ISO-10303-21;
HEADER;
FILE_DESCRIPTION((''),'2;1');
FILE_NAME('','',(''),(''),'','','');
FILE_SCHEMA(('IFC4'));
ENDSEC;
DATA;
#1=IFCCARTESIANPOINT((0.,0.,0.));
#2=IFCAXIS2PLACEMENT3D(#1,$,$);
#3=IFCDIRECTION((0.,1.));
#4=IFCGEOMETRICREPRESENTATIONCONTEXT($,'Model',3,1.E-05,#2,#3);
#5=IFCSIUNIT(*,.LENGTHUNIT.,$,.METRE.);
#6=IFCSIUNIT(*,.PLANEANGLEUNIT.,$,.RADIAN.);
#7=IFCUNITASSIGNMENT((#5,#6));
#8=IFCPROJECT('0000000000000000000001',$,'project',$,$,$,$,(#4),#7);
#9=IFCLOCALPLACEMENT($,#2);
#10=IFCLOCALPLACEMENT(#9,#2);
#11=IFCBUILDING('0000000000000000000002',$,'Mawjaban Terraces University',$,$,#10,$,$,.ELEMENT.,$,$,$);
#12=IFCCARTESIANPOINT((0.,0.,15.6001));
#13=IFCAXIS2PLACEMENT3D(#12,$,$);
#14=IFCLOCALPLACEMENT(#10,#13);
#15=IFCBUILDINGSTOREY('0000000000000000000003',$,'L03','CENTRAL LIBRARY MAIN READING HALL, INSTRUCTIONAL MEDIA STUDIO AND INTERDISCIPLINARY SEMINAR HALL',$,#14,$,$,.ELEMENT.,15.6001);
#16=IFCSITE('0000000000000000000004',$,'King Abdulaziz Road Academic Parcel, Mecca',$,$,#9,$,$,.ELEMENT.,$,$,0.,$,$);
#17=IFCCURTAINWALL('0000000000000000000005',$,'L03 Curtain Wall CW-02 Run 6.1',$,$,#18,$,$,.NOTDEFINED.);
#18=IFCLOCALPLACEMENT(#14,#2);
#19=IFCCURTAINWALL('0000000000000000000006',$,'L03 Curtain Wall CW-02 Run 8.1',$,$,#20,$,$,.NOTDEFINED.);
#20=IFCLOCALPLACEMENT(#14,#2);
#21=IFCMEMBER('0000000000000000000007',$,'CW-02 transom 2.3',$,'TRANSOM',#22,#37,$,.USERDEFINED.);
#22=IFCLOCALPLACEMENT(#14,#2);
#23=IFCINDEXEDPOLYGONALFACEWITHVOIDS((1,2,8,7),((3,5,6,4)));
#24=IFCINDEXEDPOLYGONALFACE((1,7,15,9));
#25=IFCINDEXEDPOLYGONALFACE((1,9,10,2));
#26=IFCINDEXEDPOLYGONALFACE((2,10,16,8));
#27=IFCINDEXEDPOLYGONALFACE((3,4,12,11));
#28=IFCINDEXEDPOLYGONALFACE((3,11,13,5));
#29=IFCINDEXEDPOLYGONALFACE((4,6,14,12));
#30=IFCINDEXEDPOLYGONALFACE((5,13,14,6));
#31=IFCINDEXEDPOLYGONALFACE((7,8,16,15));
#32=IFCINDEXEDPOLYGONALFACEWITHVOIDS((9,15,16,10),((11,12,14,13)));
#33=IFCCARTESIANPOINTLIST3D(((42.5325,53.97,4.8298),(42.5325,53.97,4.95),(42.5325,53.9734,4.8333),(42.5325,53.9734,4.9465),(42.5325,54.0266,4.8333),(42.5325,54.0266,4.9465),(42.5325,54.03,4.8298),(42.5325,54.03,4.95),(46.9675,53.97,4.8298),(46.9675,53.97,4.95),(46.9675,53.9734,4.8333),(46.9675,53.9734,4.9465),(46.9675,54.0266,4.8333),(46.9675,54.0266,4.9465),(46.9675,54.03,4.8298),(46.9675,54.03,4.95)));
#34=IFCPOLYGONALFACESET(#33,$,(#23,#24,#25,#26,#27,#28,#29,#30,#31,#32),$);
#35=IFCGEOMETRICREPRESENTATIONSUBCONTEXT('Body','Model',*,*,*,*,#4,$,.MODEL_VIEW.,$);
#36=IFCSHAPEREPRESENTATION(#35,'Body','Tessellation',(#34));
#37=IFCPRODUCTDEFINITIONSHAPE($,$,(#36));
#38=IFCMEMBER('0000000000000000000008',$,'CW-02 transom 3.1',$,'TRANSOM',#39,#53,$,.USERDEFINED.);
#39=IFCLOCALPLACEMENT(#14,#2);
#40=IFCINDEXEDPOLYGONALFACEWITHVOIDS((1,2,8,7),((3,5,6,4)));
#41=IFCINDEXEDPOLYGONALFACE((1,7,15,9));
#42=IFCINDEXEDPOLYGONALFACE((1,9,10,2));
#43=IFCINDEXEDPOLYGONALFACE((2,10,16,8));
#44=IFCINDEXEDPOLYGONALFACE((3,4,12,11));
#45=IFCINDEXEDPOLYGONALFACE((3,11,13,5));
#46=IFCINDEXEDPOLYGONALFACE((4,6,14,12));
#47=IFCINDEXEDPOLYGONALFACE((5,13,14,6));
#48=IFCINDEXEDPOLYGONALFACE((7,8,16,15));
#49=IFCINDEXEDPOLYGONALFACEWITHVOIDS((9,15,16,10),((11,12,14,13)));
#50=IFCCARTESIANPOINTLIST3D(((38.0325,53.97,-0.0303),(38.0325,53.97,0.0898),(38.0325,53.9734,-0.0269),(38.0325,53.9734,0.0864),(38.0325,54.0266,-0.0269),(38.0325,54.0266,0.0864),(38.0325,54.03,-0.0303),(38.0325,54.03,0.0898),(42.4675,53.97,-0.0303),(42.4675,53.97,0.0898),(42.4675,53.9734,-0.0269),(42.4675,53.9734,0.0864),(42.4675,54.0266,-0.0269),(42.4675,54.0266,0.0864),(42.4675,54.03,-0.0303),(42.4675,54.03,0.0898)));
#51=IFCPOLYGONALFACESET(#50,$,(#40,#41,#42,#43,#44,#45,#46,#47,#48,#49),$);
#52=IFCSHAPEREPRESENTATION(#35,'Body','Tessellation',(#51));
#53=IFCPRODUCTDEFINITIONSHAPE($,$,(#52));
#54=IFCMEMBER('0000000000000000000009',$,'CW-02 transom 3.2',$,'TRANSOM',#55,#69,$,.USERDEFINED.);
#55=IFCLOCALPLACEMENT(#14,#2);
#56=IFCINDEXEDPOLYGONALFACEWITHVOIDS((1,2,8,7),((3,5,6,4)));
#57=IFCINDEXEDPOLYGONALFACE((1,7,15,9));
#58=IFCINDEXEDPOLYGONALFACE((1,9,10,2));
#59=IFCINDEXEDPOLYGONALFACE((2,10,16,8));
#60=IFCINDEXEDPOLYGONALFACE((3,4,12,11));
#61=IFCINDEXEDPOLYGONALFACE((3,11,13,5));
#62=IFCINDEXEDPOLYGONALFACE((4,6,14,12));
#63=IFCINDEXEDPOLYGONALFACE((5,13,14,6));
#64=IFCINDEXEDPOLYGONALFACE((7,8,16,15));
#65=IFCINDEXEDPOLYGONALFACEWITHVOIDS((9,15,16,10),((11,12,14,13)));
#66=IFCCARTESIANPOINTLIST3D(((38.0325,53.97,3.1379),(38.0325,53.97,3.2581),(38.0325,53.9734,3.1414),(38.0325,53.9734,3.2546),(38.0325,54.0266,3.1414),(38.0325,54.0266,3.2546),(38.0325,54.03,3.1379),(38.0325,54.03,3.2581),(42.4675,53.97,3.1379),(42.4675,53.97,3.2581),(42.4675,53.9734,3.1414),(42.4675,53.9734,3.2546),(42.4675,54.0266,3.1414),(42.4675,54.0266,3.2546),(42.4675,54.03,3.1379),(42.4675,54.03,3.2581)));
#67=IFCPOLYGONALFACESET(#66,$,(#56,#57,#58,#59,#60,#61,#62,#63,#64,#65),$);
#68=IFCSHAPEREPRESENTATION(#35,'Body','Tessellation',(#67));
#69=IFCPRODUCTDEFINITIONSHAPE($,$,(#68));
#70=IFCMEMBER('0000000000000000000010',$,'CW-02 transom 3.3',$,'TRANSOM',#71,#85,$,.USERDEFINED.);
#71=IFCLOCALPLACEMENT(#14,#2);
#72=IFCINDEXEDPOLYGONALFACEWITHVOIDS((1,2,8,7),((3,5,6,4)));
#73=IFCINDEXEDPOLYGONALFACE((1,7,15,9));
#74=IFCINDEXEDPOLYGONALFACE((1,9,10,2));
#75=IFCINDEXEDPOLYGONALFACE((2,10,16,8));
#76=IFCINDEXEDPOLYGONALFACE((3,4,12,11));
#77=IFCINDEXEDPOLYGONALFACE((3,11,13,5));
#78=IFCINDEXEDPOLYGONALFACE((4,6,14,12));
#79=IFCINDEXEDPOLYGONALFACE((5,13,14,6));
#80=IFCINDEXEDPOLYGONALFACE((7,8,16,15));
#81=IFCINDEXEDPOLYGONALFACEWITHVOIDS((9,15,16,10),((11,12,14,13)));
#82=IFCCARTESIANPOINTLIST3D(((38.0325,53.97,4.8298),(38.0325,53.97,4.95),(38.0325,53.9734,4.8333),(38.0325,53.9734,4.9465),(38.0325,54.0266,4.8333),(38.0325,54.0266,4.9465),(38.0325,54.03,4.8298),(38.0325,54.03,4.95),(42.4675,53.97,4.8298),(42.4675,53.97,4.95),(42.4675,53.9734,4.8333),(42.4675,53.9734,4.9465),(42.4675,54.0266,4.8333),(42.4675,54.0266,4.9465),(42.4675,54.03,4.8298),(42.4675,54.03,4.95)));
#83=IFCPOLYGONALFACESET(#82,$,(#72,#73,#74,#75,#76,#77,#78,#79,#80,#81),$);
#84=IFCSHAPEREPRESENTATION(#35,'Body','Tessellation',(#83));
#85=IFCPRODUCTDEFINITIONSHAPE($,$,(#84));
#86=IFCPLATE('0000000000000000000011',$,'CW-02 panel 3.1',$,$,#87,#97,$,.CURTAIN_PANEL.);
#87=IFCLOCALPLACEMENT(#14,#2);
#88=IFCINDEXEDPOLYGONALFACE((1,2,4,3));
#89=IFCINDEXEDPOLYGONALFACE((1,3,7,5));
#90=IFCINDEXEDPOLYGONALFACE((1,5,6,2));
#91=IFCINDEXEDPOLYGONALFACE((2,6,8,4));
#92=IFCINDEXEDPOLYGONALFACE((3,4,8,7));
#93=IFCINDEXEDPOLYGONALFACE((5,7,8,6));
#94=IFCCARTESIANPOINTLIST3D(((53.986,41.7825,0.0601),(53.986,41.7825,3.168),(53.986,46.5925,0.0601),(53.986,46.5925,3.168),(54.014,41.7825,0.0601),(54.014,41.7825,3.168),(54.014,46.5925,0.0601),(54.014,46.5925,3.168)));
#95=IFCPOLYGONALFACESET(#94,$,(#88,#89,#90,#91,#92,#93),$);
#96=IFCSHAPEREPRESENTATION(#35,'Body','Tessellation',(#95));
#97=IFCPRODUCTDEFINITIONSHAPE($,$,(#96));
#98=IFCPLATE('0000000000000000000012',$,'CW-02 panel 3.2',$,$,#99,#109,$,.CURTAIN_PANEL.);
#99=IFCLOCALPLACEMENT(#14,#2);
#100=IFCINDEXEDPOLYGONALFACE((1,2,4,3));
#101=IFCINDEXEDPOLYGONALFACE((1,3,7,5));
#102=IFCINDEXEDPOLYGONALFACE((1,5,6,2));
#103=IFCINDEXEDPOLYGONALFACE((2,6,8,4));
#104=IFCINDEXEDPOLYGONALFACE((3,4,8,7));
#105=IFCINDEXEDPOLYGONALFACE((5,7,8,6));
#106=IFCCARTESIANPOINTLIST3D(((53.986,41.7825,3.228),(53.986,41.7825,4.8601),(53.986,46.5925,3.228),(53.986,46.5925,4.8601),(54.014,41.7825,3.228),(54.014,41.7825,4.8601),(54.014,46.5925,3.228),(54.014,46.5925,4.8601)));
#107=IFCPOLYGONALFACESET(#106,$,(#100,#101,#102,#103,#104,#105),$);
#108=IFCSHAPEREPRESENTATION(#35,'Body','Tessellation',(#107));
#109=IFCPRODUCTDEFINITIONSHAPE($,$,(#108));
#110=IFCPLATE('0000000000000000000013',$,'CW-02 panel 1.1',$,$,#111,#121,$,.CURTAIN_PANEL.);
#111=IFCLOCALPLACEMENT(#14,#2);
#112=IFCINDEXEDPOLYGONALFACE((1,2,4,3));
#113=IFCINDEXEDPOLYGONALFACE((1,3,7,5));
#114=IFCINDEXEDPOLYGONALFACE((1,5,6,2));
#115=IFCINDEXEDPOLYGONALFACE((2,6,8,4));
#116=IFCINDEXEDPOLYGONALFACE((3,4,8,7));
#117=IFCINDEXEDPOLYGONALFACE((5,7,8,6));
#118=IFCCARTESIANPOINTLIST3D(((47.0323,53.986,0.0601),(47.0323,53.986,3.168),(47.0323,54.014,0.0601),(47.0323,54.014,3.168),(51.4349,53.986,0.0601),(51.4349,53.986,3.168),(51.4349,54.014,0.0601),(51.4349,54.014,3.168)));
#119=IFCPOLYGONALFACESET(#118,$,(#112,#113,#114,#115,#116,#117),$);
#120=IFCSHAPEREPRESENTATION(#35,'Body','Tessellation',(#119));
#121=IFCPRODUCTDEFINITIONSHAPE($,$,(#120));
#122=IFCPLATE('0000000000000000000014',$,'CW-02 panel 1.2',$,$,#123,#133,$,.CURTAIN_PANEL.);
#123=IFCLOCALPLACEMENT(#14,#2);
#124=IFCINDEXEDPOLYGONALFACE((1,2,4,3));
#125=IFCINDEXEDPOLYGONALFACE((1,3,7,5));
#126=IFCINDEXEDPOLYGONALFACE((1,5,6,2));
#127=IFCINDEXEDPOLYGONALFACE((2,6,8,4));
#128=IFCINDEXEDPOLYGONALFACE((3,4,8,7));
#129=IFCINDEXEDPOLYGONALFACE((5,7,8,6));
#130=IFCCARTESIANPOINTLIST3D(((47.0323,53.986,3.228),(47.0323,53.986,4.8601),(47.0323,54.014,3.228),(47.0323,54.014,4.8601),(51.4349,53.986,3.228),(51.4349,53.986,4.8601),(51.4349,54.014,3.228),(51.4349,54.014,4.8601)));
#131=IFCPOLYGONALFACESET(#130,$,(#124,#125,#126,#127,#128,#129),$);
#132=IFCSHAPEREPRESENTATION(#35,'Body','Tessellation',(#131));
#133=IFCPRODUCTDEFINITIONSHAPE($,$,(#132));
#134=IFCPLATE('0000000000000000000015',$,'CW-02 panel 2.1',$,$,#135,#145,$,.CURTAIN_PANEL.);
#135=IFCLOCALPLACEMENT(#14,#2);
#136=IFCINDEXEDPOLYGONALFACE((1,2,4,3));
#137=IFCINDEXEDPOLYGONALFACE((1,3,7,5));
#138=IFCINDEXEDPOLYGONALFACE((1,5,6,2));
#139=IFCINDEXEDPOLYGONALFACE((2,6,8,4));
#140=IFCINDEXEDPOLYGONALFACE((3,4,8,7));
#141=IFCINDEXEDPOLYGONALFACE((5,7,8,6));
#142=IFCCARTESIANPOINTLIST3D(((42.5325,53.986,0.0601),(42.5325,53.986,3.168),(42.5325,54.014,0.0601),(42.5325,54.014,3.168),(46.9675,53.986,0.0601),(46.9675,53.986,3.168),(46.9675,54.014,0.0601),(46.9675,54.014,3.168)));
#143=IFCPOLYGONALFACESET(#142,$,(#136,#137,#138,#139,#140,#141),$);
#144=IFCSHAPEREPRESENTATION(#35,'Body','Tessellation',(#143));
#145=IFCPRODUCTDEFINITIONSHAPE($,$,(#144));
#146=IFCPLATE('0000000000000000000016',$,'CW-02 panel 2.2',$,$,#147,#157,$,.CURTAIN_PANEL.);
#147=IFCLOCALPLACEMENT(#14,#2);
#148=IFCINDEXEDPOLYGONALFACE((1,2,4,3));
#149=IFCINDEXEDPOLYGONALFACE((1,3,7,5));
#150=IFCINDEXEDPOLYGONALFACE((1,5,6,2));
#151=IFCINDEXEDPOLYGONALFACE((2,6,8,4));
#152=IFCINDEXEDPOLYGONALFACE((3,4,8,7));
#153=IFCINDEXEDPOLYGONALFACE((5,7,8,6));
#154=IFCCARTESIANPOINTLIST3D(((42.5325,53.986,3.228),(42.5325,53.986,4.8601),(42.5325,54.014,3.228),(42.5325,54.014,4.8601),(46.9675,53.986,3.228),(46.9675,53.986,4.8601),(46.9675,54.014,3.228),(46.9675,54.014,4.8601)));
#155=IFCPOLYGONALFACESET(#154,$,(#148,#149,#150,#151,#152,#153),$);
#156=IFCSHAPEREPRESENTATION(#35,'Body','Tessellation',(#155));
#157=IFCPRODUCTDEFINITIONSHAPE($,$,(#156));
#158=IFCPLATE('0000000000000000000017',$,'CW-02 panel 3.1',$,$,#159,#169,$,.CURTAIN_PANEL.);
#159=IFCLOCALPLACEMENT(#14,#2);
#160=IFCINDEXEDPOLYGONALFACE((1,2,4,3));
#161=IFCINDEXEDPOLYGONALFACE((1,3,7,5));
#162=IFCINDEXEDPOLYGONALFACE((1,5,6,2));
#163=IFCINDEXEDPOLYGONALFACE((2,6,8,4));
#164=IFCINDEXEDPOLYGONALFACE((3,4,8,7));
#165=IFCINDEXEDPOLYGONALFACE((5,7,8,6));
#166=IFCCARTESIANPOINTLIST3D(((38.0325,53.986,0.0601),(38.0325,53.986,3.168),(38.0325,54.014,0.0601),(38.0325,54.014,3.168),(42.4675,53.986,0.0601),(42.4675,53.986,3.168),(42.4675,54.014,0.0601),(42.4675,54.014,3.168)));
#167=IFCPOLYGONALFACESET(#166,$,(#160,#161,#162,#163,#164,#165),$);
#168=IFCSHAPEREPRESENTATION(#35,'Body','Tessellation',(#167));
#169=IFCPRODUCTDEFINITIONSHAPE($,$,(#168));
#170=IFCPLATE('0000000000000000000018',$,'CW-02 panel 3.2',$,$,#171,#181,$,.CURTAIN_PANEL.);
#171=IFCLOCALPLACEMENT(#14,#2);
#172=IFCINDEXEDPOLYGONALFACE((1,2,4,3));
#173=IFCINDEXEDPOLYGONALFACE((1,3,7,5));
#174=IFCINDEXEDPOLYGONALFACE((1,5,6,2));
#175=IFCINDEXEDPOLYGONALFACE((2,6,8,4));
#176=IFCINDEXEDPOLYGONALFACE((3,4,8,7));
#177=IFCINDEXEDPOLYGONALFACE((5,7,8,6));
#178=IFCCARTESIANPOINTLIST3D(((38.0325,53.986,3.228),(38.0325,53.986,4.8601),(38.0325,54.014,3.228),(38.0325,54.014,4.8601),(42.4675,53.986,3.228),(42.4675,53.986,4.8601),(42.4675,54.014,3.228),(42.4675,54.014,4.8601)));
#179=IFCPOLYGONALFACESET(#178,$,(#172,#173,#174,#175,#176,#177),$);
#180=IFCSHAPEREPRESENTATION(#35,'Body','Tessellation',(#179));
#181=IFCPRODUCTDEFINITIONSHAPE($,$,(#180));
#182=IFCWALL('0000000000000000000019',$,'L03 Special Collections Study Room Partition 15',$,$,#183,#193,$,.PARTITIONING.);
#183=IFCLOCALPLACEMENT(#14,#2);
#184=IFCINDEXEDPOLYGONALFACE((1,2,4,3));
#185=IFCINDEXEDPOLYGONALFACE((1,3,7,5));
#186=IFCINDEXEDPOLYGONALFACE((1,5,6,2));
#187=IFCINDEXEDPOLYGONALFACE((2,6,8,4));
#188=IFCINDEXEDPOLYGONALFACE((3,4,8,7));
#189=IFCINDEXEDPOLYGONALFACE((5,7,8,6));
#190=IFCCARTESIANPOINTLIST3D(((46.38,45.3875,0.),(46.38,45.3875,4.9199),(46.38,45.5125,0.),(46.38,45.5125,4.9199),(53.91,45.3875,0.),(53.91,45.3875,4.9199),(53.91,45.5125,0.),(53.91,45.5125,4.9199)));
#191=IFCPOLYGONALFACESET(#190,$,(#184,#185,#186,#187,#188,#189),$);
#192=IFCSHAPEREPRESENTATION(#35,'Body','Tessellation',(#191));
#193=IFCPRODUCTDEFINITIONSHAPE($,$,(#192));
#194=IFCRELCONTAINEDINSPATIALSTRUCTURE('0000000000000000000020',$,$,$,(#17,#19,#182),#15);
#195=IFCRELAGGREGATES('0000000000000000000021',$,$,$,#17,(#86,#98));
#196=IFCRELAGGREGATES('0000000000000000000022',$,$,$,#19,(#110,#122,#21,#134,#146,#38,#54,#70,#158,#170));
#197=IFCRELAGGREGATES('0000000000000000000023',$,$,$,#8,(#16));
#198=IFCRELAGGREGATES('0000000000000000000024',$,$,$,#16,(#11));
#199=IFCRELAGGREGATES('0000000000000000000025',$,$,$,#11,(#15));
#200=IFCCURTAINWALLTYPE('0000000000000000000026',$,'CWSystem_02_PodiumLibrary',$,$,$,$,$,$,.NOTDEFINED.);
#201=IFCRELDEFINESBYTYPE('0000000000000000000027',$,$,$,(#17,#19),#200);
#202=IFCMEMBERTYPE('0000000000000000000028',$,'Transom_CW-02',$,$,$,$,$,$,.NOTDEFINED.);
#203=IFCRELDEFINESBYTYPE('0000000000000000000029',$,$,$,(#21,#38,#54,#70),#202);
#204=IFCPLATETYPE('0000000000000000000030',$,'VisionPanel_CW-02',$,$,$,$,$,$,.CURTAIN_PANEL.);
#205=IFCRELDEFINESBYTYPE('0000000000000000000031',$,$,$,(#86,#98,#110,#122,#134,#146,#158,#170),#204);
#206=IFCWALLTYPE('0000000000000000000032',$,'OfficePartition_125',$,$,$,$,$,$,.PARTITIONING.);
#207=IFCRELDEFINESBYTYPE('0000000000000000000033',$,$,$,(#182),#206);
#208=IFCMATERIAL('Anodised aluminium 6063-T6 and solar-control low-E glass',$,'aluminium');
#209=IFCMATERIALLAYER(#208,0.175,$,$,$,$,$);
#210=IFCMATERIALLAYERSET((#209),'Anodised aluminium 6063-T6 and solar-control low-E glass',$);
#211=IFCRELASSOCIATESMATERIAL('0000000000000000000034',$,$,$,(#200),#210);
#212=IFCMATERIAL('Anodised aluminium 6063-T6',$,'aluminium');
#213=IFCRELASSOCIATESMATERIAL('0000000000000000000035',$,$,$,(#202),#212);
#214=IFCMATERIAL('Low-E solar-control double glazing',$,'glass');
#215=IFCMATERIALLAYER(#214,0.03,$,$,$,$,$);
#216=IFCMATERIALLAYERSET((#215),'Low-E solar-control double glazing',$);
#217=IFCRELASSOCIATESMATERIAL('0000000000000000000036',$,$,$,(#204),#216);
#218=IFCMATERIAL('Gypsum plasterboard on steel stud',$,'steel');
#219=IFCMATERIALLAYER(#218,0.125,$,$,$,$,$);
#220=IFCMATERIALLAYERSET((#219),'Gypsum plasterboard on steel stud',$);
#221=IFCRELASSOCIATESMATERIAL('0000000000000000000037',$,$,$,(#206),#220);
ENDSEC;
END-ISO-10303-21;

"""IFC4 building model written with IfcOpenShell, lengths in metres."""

from ifc_helpers import new_model, si_unit, direction, frame, frame_2d, origin, origin_2d, place, context, subcontext, project, spatial, rectangle, hollow_rectangle, extrude, material, layer, layer_set, material_profile, profile_set, type_object, element, aggregate, save


model = new_model("IFC4")

# Units and contexts
model_context = context("Model", 3, precision=1e-05, world=origin(), true_north=direction((0.0, 1.0)))
body_context = subcontext(model_context, "Body", "Model", "MODEL_VIEW")
ifc_project = project(units=[si_unit("LENGTHUNIT", "METRE"), si_unit("PLANEANGLEUNIT", "RADIAN")], contexts=[model_context])

# Site, building, storey
site_placement = place(None, origin())
site = spatial("IfcSite", under=ifc_project, at=site_placement, Name="King Abdulaziz Road Academic Parcel, Mecca", CompositionType="ELEMENT", RefElevation=0.0)
building_placement = place(site_placement, origin())
building = spatial("IfcBuilding", under=site, at=building_placement, Name="Mawjaban Terraces University", CompositionType="ELEMENT")
storey_placement = place(building_placement, frame((0.0, 0.0, 15.6001)))
storey = spatial("IfcBuildingStorey", under=building, at=storey_placement, Name="L03", Description="CENTRAL LIBRARY MAIN READING HALL, INSTRUCTIONAL MEDIA STUDIO AND INTERDISCIPLINARY SEMINAR HALL", CompositionType="ELEMENT", Elevation=15.6001)

# Curtain wall
ifc_material_1 = material(Name="Anodised aluminium 6063-T6 and solar-control low-E glass", Category="aluminium")
ifc_layer_1 = layer(ifc_material_1, 0.175)
ifc_layer_set_1 = layer_set([ifc_layer_1], Name="Anodised aluminium 6063-T6 and solar-control low-E glass")
curtain_wall_type = type_object("IfcCurtainWallType", Name="CWSystem_02_PodiumLibrary", PredefinedType="NOTDEFINED", material=ifc_layer_set_1)
curtain_wall_1_placement = place(storey_placement, origin())
curtain_wall_1 = element("IfcCurtainWall", 1, at=curtain_wall_1_placement, inside=storey, type_object=curtain_wall_type, Name="L03 Curtain Wall CW-02 Run 6.1", PredefinedType="NOTDEFINED")
ifc_material_2 = material(Name="Anodised aluminium 6063-T6", Category="aluminium")

# Curtain wall
curtain_wall_2_placement = place(storey_placement, origin())
curtain_wall_2 = element("IfcCurtainWall", 2, at=curtain_wall_2_placement, inside=storey, type_object=curtain_wall_type, Name="L03 Curtain Wall CW-02 Run 8.1", PredefinedType="NOTDEFINED")

# Members
ifc_material_profile_1 = material_profile(ifc_material_2, hollow_rectangle(XDim=0.0601, YDim=0.1201, WallThickness=0.0034, at=origin_2d()), Name="ALU120X60X3.5")
ifc_profile_set_1 = profile_set([ifc_material_profile_1], Name="Anodised aluminium 6063-T6")
member_type_1 = type_object("IfcMemberType", Name="Transom_CW-02", PredefinedType="NOTDEFINED", material=ifc_profile_set_1)
member_1_placement = place(storey_placement, frame((46.9675, 54.0, 4.8899), z_axis=(-1.0, 0.0, 0.0), x_axis=(0.0, -1.0, 0.0)))
member_1 = element("IfcMember", 3, at=member_1_placement, type_object=member_type_1, Name="CW-02 transom 2.3", ObjectType="TRANSOM", PredefinedType="USERDEFINED", context=body_context, shape_type="SweptSolid", body=[
    extrude(hollow_rectangle(XDim=0.0601, YDim=0.1201, WallThickness=0.0034, at=origin_2d()), origin(), (0.0, 0.0, 1.0), 4.4351),
])
member_2_placement = place(storey_placement, frame((42.4675, 54.0, 0.0298), z_axis=(-1.0, 0.0, 0.0), x_axis=(0.0, -1.0, 0.0)))
member_2 = element("IfcMember", 4, at=member_2_placement, type_object=member_type_1, Name="CW-02 transom 3.1", ObjectType="TRANSOM", PredefinedType="USERDEFINED", context=body_context, shape_type="SweptSolid", body=[
    extrude(hollow_rectangle(XDim=0.0601, YDim=0.1201, WallThickness=0.0034, at=origin_2d()), origin(), (0.0, 0.0, 1.0), 4.4351),
])
member_3_placement = place(storey_placement, frame((42.4675, 54.0, 3.198), z_axis=(-1.0, 0.0, 0.0), x_axis=(0.0, -1.0, 0.0)))
member_3 = element("IfcMember", 5, at=member_3_placement, type_object=member_type_1, Name="CW-02 transom 3.2", ObjectType="TRANSOM", PredefinedType="USERDEFINED", context=body_context, shape_type="SweptSolid", body=[
    extrude(hollow_rectangle(XDim=0.0601, YDim=0.1201, WallThickness=0.0034, at=origin_2d()), origin(), (0.0, 0.0, 1.0), 4.4351),
])
member_4_placement = place(storey_placement, frame((42.4675, 54.0, 4.8899), z_axis=(-1.0, 0.0, 0.0), x_axis=(0.0, -1.0, 0.0)))
member_4 = element("IfcMember", 6, at=member_4_placement, type_object=member_type_1, Name="CW-02 transom 3.3", ObjectType="TRANSOM", PredefinedType="USERDEFINED", context=body_context, shape_type="SweptSolid", body=[
    extrude(hollow_rectangle(XDim=0.0601, YDim=0.1201, WallThickness=0.0034, at=origin_2d()), origin(), (0.0, 0.0, 1.0), 4.4351),
])

# Plates
ifc_material_3 = material(Name="Low-E solar-control double glazing", Category="glass")
ifc_layer_2 = layer(ifc_material_3, 0.03)
ifc_layer_set_2 = layer_set([ifc_layer_2], Name="Low-E solar-control double glazing")
plate_type = type_object("IfcPlateType", Name="VisionPanel_CW-02", PredefinedType="CURTAIN_PANEL", material=ifc_layer_set_2)
plate_1_placement = place(storey_placement, frame((54.0, 44.1875, 0.0601), z_axis=(0.0, 0.0, 1.0), x_axis=(0.0, 1.0, 0.0)))
plate_1 = element("IfcPlate", 7, at=plate_1_placement, type_object=plate_type, Name="CW-02 panel 3.1", PredefinedType="CURTAIN_PANEL", context=body_context, shape_type="SweptSolid", body=[
    extrude(rectangle(XDim=4.8101, YDim=0.0281, at=origin_2d()), origin(), (0.0, 0.0, 1.0), 3.1079),
])
plate_2_placement = place(storey_placement, frame((54.0, 44.1875, 3.228), z_axis=(0.0, 0.0, 1.0), x_axis=(0.0, 1.0, 0.0)))
plate_2 = element("IfcPlate", 8, at=plate_2_placement, type_object=plate_type, Name="CW-02 panel 3.2", PredefinedType="CURTAIN_PANEL", context=body_context, shape_type="SweptSolid", body=[
    extrude(rectangle(XDim=4.8101, YDim=0.0281, at=origin_2d()), origin(), (0.0, 0.0, 1.0), 1.6321),
])
aggregate(curtain_wall_1, [plate_1, plate_2])
plate_3_placement = place(storey_placement, frame((49.2336, 54.0, 0.0601), z_axis=(0.0, 0.0, 1.0), x_axis=(-1.0, 0.0, 0.0)))
plate_3 = element("IfcPlate", 9, at=plate_3_placement, type_object=plate_type, Name="CW-02 panel 1.1", PredefinedType="CURTAIN_PANEL", context=body_context, shape_type="SweptSolid", body=[
    extrude(rectangle(XDim=4.4026, YDim=0.0281, at=origin_2d()), origin(), (0.0, 0.0, 1.0), 3.1079),
])
plate_4_placement = place(storey_placement, frame((49.2336, 54.0, 3.228), z_axis=(0.0, 0.0, 1.0), x_axis=(-1.0, 0.0, 0.0)))
plate_4 = element("IfcPlate", 10, at=plate_4_placement, type_object=plate_type, Name="CW-02 panel 1.2", PredefinedType="CURTAIN_PANEL", context=body_context, shape_type="SweptSolid", body=[
    extrude(rectangle(XDim=4.4026, YDim=0.0281, at=origin_2d()), origin(), (0.0, 0.0, 1.0), 1.6321),
])
plate_5_placement = place(storey_placement, frame((44.75, 54.0, 0.0601), z_axis=(0.0, 0.0, 1.0), x_axis=(-1.0, 0.0, 0.0)))
plate_5 = element("IfcPlate", 11, at=plate_5_placement, type_object=plate_type, Name="CW-02 panel 2.1", PredefinedType="CURTAIN_PANEL", context=body_context, shape_type="SweptSolid", body=[
    extrude(rectangle(XDim=4.4351, YDim=0.0281, at=origin_2d()), origin(), (0.0, 0.0, 1.0), 3.1079),
])
plate_6_placement = place(storey_placement, frame((44.75, 54.0, 3.228), z_axis=(0.0, 0.0, 1.0), x_axis=(-1.0, 0.0, 0.0)))
plate_6 = element("IfcPlate", 12, at=plate_6_placement, type_object=plate_type, Name="CW-02 panel 2.2", PredefinedType="CURTAIN_PANEL", context=body_context, shape_type="SweptSolid", body=[
    extrude(rectangle(XDim=4.4351, YDim=0.0281, at=origin_2d()), origin(), (0.0, 0.0, 1.0), 1.6321),
])
plate_7_placement = place(storey_placement, frame((40.25, 54.0, 0.0601), z_axis=(0.0, 0.0, 1.0), x_axis=(-1.0, 0.0, 0.0)))
plate_7 = element("IfcPlate", 13, at=plate_7_placement, type_object=plate_type, Name="CW-02 panel 3.1", PredefinedType="CURTAIN_PANEL", context=body_context, shape_type="SweptSolid", body=[
    extrude(rectangle(XDim=4.4351, YDim=0.0281, at=origin_2d()), origin(), (0.0, 0.0, 1.0), 3.1079),
])
plate_8_placement = place(storey_placement, frame((40.25, 54.0, 3.228), z_axis=(0.0, 0.0, 1.0), x_axis=(-1.0, 0.0, 0.0)))
plate_8 = element("IfcPlate", 14, at=plate_8_placement, type_object=plate_type, Name="CW-02 panel 3.2", PredefinedType="CURTAIN_PANEL", context=body_context, shape_type="SweptSolid", body=[
    extrude(rectangle(XDim=4.4351, YDim=0.0281, at=origin_2d()), origin(), (0.0, 0.0, 1.0), 1.6321),
])
aggregate(curtain_wall_2, [plate_3, plate_4, member_1, plate_5, plate_6, member_2, member_3, member_4, plate_7, plate_8])

# Wall
ifc_material_4 = material(Name="Gypsum plasterboard on steel stud", Category="steel")
ifc_layer_3 = layer(ifc_material_4, 0.125)
ifc_layer_set_3 = layer_set([ifc_layer_3], Name="Gypsum plasterboard on steel stud")
wall_type_1 = type_object("IfcWallType", Name="OfficePartition_125", PredefinedType="PARTITIONING", material=ifc_layer_set_3)
wall_1_placement = place(storey_placement, frame((46.3799, 45.45, 0.0), z_axis=(0.0, 0.0, 1.0), x_axis=(1.0, 0.0, 0.0)))
element("IfcWall", 15, at=wall_1_placement, inside=storey, type_object=wall_type_1, Name="L03 Special Collections Study Room Partition 15", PredefinedType="PARTITIONING", context=body_context, shape_type="SweptSolid", body=[
    extrude(rectangle(XDim=7.53, YDim=0.125, at=frame_2d((3.7651, 0.0))), origin(), (0.0, 0.0, 1.0), 4.9199),
])

save(model, "model.ifc")
